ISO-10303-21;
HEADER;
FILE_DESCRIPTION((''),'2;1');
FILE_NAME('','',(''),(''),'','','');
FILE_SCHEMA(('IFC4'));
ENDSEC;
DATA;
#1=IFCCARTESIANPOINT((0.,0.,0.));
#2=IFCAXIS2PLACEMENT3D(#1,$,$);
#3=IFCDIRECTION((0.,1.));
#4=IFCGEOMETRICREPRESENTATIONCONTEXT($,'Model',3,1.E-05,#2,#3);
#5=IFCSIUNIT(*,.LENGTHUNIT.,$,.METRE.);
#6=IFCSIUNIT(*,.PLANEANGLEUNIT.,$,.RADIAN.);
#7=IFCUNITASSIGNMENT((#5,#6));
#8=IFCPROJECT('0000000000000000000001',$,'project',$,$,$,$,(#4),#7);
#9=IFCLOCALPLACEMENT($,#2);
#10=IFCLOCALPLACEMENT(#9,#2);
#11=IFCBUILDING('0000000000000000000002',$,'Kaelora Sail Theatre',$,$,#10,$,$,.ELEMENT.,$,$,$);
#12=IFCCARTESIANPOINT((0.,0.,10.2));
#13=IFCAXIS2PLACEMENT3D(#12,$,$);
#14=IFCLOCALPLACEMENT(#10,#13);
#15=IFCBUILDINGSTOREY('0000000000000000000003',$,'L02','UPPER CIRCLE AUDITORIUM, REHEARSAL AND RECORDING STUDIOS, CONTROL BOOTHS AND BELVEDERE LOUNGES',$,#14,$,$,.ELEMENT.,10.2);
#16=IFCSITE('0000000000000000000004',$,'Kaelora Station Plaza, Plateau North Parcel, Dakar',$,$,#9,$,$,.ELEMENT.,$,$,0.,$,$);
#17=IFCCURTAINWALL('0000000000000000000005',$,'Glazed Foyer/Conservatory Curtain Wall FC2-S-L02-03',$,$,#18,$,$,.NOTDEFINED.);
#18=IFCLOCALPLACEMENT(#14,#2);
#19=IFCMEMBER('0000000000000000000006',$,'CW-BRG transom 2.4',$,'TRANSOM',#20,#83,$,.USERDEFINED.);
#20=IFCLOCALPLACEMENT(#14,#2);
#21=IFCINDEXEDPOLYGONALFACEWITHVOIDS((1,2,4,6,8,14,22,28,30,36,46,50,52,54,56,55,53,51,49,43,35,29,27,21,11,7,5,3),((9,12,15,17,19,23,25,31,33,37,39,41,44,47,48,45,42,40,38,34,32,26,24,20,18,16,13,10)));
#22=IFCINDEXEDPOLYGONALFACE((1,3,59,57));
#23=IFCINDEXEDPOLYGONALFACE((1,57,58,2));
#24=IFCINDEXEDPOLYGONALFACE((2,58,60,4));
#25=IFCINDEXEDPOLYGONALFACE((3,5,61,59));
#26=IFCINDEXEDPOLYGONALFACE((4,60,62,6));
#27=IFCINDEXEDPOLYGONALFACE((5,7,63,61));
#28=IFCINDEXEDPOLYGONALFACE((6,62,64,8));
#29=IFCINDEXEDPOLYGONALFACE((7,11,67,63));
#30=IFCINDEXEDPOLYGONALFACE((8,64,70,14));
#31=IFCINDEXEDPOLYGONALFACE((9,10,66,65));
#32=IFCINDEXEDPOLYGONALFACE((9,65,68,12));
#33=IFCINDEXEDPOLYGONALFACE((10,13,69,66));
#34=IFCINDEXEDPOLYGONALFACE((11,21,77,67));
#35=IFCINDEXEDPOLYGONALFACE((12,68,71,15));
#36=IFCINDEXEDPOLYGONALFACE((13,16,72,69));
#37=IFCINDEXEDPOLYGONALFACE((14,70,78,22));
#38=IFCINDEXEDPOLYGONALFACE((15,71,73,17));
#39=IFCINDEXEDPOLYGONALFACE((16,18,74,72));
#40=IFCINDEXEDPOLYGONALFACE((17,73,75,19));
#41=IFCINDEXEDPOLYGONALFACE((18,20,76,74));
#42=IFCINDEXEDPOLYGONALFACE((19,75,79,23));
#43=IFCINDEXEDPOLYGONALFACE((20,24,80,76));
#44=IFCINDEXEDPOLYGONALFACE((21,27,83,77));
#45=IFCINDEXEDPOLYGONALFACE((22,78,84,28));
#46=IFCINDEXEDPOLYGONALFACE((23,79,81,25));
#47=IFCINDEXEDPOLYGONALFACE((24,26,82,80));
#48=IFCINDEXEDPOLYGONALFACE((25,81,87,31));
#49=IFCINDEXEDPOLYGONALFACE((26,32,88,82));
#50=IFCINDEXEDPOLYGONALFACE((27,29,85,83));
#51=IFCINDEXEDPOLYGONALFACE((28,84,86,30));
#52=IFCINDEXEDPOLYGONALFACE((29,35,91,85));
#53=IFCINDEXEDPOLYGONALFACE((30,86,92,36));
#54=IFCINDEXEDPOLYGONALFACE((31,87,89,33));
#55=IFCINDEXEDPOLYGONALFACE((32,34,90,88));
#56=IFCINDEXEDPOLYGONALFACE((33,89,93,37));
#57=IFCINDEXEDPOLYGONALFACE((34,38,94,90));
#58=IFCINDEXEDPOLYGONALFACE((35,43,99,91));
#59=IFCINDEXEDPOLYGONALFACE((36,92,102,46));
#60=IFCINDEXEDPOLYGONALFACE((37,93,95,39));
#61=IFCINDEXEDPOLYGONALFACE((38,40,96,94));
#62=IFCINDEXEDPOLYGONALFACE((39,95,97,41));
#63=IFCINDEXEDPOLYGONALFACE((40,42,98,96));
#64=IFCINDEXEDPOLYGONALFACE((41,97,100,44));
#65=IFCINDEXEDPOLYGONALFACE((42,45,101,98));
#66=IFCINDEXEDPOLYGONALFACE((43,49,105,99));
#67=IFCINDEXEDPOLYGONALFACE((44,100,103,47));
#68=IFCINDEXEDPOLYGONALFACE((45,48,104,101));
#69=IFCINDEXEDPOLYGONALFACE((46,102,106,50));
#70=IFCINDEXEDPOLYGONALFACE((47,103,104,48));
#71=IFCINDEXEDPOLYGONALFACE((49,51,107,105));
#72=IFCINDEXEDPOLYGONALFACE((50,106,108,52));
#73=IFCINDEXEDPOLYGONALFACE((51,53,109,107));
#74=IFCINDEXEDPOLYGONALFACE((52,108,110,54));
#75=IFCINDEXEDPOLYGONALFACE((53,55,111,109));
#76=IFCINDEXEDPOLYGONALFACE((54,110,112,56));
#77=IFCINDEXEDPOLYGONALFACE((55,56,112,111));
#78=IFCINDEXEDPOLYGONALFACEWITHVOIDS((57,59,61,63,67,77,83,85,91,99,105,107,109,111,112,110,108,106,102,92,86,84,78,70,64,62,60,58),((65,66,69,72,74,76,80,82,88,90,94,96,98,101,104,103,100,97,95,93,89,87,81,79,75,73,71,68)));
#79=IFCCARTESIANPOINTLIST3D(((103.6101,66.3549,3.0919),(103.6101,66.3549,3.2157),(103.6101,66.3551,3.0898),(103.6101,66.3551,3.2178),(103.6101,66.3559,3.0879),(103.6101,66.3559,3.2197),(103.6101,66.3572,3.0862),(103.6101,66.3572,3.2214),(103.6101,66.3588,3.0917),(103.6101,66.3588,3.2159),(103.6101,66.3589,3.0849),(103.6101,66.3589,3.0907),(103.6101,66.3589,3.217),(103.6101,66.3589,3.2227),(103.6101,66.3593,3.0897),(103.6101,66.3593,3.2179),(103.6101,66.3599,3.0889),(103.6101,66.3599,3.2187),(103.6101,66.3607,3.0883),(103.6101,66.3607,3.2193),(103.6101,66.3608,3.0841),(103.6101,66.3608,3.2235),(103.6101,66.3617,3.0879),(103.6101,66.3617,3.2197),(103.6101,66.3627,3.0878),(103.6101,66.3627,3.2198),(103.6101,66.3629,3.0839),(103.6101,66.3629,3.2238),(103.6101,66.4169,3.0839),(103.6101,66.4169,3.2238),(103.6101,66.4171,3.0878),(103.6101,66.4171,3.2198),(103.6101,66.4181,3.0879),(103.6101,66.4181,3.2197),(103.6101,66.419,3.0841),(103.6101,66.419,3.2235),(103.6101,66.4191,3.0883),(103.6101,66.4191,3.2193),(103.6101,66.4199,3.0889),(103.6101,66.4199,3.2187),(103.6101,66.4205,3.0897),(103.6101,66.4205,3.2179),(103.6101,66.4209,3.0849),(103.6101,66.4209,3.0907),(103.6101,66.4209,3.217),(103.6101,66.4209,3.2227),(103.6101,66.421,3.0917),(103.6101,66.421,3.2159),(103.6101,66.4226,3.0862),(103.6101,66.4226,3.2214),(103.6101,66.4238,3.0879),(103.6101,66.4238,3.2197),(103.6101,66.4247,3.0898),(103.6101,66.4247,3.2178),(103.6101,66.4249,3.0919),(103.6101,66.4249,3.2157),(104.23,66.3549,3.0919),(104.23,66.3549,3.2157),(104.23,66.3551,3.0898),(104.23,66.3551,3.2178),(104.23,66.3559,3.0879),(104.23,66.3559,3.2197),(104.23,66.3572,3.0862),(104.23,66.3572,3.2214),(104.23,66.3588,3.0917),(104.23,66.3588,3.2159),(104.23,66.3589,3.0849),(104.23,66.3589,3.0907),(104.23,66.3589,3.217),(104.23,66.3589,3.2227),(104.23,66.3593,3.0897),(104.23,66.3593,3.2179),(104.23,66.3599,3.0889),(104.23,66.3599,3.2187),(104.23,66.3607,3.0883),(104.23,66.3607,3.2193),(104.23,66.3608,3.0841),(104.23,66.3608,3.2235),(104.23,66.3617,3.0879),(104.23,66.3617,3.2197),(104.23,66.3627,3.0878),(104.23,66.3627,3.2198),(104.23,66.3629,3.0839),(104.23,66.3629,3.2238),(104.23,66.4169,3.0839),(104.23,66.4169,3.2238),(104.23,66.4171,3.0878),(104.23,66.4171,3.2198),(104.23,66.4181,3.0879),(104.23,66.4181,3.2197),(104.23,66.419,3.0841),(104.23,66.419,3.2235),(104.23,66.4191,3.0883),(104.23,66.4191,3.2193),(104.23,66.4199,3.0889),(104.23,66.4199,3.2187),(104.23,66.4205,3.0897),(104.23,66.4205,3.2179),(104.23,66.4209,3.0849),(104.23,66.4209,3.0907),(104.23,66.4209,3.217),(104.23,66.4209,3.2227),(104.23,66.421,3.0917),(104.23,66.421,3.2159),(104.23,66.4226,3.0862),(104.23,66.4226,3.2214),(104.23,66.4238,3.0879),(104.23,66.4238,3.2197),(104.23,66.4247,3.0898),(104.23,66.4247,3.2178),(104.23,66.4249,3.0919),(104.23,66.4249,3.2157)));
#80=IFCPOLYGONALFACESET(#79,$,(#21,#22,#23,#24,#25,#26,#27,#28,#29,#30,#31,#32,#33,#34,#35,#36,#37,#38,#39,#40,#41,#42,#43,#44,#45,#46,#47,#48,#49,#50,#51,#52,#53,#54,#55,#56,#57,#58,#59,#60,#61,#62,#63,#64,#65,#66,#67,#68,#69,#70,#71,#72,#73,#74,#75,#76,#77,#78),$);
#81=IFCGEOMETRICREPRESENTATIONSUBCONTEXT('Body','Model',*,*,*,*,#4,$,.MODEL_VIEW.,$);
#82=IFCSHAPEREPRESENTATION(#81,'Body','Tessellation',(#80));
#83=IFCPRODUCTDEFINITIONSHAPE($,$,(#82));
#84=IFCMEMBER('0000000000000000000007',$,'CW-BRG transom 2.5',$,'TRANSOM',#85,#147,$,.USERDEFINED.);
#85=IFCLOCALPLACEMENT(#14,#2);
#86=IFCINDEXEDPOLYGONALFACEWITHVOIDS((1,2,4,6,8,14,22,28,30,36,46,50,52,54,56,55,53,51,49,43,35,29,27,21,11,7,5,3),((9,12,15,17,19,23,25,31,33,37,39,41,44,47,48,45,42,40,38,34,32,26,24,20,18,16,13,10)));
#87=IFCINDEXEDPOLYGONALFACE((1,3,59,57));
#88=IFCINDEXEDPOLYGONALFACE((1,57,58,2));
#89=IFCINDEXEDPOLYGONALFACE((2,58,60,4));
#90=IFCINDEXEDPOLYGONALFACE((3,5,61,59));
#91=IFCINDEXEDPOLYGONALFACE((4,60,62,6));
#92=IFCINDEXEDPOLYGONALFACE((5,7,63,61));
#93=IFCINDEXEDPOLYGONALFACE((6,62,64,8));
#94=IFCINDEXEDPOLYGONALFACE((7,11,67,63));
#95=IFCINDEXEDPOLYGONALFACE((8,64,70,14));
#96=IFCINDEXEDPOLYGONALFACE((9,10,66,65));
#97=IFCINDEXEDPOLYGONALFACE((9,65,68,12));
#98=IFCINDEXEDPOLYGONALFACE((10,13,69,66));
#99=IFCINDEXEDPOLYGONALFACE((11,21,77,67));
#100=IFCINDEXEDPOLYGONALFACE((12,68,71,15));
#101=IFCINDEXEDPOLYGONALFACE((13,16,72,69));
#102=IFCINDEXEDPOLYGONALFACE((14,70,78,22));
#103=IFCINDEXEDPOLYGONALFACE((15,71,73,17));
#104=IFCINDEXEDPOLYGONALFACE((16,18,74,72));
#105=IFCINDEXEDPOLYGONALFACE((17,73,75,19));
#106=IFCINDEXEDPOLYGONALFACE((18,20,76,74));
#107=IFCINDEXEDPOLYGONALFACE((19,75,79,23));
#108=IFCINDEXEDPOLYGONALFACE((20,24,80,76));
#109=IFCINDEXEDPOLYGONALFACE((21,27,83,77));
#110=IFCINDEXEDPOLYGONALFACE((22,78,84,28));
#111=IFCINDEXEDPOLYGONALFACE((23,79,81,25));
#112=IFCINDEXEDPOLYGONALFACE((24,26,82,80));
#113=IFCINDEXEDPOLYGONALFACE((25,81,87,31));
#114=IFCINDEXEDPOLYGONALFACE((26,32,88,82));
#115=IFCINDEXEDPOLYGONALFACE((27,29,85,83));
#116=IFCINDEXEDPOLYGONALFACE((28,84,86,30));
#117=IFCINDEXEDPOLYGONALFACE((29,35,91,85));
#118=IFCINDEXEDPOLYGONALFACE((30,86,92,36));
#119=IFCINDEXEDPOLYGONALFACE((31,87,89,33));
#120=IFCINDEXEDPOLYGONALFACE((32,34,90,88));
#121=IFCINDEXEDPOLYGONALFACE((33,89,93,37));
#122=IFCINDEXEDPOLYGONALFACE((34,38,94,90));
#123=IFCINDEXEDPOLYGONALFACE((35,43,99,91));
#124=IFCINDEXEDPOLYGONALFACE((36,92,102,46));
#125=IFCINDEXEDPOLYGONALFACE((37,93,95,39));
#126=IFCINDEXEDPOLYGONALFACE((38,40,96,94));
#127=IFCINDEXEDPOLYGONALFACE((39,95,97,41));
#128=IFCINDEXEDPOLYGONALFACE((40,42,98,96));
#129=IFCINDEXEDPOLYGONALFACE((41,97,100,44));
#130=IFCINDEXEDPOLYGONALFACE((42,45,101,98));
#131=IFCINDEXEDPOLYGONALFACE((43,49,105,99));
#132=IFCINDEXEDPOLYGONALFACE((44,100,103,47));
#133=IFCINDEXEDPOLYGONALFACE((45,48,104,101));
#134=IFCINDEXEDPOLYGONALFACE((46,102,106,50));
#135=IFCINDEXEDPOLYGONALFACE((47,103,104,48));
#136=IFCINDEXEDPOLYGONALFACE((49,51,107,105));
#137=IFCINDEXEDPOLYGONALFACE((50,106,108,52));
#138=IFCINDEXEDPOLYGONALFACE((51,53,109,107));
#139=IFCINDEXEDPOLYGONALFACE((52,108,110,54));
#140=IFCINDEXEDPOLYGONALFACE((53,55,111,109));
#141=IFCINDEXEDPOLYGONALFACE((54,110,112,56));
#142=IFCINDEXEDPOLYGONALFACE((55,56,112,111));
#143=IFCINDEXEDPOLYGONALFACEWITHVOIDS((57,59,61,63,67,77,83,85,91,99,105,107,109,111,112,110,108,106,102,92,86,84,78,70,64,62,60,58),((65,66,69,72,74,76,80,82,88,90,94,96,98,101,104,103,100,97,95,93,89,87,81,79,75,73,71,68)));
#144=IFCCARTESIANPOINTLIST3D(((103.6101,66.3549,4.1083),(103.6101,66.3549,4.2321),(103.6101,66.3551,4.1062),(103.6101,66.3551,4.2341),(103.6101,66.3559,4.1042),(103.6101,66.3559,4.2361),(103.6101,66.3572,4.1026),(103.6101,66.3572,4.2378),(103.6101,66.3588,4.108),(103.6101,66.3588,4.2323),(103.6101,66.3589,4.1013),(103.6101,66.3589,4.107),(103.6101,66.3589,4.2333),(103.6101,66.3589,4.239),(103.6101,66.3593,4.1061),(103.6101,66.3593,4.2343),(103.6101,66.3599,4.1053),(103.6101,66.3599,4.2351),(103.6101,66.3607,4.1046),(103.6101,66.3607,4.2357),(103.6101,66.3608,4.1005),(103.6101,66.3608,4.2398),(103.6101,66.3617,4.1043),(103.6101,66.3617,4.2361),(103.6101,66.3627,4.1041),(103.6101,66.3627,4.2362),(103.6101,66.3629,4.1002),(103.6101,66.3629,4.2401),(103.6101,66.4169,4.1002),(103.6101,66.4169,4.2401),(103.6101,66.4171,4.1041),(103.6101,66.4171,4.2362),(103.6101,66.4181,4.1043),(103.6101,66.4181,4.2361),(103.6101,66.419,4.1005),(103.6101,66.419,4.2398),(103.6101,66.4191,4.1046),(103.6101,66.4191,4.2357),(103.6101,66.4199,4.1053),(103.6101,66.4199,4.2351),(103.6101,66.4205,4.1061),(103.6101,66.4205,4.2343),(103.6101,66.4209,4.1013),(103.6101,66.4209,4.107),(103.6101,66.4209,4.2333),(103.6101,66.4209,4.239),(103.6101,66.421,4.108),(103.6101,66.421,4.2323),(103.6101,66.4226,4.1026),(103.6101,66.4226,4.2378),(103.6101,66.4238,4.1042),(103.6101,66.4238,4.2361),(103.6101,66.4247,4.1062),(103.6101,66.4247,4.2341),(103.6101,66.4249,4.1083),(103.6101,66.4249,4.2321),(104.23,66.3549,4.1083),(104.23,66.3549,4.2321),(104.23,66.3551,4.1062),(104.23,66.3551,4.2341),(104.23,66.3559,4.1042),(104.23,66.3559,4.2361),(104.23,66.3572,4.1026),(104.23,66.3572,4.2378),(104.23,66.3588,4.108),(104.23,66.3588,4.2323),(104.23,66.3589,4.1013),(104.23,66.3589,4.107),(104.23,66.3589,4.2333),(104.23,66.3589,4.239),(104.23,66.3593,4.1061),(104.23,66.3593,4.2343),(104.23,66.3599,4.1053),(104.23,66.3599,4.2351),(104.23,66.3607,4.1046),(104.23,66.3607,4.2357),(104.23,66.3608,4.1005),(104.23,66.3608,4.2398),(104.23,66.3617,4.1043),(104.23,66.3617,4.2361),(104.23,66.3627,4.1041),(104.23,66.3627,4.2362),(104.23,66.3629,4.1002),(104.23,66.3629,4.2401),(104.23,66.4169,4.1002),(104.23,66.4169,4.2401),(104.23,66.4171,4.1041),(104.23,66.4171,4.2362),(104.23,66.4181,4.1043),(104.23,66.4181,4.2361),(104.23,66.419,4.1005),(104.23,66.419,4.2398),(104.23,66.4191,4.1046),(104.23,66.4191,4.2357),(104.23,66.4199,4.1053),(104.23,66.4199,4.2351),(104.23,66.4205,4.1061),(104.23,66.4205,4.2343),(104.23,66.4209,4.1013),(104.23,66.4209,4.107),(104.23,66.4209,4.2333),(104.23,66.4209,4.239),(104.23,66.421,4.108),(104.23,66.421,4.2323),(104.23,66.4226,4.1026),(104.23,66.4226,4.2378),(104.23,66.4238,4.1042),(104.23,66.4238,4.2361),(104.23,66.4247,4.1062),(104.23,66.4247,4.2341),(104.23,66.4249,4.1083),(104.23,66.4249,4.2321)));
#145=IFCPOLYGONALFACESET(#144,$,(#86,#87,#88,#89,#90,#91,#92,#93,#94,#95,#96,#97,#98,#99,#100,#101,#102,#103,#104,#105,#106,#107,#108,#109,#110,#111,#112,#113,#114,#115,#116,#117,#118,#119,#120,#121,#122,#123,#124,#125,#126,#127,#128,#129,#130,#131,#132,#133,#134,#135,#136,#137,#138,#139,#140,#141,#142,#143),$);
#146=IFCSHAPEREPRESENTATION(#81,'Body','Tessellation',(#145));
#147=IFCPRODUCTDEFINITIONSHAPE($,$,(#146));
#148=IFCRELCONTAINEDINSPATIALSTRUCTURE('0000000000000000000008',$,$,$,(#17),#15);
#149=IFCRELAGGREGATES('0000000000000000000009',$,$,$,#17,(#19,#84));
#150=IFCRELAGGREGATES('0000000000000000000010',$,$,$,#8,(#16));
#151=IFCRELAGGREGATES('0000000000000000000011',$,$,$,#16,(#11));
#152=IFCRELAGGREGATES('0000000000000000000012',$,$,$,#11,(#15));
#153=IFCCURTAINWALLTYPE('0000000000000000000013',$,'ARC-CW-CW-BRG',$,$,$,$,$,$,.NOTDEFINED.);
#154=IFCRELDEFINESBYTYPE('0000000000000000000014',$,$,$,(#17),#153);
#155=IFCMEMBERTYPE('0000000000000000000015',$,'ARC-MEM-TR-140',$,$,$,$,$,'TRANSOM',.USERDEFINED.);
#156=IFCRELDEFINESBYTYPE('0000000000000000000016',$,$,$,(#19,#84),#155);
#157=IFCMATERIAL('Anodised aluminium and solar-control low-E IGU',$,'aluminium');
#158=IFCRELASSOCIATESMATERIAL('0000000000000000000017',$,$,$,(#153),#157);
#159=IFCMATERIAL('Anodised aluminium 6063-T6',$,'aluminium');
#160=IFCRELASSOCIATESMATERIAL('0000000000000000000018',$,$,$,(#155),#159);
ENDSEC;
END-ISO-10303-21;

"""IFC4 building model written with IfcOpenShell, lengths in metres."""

from ifc_helpers import new_model, si_unit, direction, frame, origin, origin_2d, place, context, subcontext, project, spatial, hollow_rectangle, extrude, material, material_profile, profile_set, type_object, element, aggregate, save


model = new_model("IFC4")

# Units and contexts
model_context = context("Model", 3, precision=1e-05, world=origin(), true_north=direction((0.0, 1.0)))
body_context = subcontext(model_context, "Body", "Model", "MODEL_VIEW")
ifc_project = project(units=[si_unit("LENGTHUNIT", "METRE"), si_unit("PLANEANGLEUNIT", "RADIAN")], contexts=[model_context])

# Site, building, storey
site_placement = place(None, origin())
site = spatial("IfcSite", under=ifc_project, at=site_placement, Name="Kaelora Station Plaza, Plateau North Parcel, Dakar", CompositionType="ELEMENT", RefElevation=0.0)
building_placement = place(site_placement, origin())
building = spatial("IfcBuilding", under=site, at=building_placement, Name="Kaelora Sail Theatre", CompositionType="ELEMENT")
storey_placement = place(building_placement, frame((0.0, 0.0, 10.2)))
storey = spatial("IfcBuildingStorey", under=building, at=storey_placement, Name="L02", Description="UPPER CIRCLE AUDITORIUM, REHEARSAL AND RECORDING STUDIOS, CONTROL BOOTHS AND BELVEDERE LOUNGES", CompositionType="ELEMENT", Elevation=10.2)

# Curtain wall, members
ifc_material_1 = material(Name="Anodised aluminium and solar-control low-E IGU", Category="aluminium")
curtain_wall_type = type_object("IfcCurtainWallType", Name="ARC-CW-CW-BRG", PredefinedType="NOTDEFINED", material=ifc_material_1)
curtain_wall_placement = place(storey_placement, origin())
curtain_wall = element("IfcCurtainWall", 1, at=curtain_wall_placement, inside=storey, type_object=curtain_wall_type, Name="Glazed Foyer/Conservatory Curtain Wall FC2-S-L02-03", PredefinedType="NOTDEFINED")
ifc_material_2 = material(Name="Anodised aluminium 6063-T6", Category="aluminium")
ifc_material_profile_1 = material_profile(ifc_material_2, hollow_rectangle(XDim=0.0701, YDim=0.1399, WallThickness=0.0039, InnerFilletRadius=0.0039, OuterFilletRadius=0.0081, at=origin_2d()), Name="ALU-TRAN 70x140x4")
ifc_profile_set_1 = profile_set([ifc_material_profile_1], Name="Anodised aluminium 6063-T6")
member_type_1 = type_object("IfcMemberType", Name="ARC-MEM-TR-140", ElementType="TRANSOM", PredefinedType="USERDEFINED", material=ifc_profile_set_1)
member_1_placement = place(storey_placement, frame((103.6101, 66.3899, 3.1538), z_axis=(1.0, 0.0, 0.0), x_axis=(0.0, 1.0, 0.0)))
member_1 = element("IfcMember", 2, at=member_1_placement, type_object=member_type_1, Name="CW-BRG transom 2.4", ObjectType="TRANSOM", PredefinedType="USERDEFINED", context=body_context, shape_type="SweptSolid", body=[
    extrude(hollow_rectangle(XDim=0.0701, YDim=0.1399, WallThickness=0.0039, InnerFilletRadius=0.0039, OuterFilletRadius=0.0081, at=origin_2d()), origin(), (0.0, 0.0, 1.0), 0.6199),
])
member_2_placement = place(storey_placement, frame((103.6101, 66.3899, 4.1702), z_axis=(1.0, 0.0, 0.0), x_axis=(0.0, 1.0, 0.0)))
member_2 = element("IfcMember", 3, at=member_2_placement, type_object=member_type_1, Name="CW-BRG transom 2.5", ObjectType="TRANSOM", PredefinedType="USERDEFINED", context=body_context, shape_type="SweptSolid", body=[
    extrude(hollow_rectangle(XDim=0.0701, YDim=0.1399, WallThickness=0.0039, InnerFilletRadius=0.0039, OuterFilletRadius=0.0081, at=origin_2d()), origin(), (0.0, 0.0, 1.0), 0.6199),
])
aggregate(curtain_wall, [member_1, member_2])

save(model, "model.ifc")
